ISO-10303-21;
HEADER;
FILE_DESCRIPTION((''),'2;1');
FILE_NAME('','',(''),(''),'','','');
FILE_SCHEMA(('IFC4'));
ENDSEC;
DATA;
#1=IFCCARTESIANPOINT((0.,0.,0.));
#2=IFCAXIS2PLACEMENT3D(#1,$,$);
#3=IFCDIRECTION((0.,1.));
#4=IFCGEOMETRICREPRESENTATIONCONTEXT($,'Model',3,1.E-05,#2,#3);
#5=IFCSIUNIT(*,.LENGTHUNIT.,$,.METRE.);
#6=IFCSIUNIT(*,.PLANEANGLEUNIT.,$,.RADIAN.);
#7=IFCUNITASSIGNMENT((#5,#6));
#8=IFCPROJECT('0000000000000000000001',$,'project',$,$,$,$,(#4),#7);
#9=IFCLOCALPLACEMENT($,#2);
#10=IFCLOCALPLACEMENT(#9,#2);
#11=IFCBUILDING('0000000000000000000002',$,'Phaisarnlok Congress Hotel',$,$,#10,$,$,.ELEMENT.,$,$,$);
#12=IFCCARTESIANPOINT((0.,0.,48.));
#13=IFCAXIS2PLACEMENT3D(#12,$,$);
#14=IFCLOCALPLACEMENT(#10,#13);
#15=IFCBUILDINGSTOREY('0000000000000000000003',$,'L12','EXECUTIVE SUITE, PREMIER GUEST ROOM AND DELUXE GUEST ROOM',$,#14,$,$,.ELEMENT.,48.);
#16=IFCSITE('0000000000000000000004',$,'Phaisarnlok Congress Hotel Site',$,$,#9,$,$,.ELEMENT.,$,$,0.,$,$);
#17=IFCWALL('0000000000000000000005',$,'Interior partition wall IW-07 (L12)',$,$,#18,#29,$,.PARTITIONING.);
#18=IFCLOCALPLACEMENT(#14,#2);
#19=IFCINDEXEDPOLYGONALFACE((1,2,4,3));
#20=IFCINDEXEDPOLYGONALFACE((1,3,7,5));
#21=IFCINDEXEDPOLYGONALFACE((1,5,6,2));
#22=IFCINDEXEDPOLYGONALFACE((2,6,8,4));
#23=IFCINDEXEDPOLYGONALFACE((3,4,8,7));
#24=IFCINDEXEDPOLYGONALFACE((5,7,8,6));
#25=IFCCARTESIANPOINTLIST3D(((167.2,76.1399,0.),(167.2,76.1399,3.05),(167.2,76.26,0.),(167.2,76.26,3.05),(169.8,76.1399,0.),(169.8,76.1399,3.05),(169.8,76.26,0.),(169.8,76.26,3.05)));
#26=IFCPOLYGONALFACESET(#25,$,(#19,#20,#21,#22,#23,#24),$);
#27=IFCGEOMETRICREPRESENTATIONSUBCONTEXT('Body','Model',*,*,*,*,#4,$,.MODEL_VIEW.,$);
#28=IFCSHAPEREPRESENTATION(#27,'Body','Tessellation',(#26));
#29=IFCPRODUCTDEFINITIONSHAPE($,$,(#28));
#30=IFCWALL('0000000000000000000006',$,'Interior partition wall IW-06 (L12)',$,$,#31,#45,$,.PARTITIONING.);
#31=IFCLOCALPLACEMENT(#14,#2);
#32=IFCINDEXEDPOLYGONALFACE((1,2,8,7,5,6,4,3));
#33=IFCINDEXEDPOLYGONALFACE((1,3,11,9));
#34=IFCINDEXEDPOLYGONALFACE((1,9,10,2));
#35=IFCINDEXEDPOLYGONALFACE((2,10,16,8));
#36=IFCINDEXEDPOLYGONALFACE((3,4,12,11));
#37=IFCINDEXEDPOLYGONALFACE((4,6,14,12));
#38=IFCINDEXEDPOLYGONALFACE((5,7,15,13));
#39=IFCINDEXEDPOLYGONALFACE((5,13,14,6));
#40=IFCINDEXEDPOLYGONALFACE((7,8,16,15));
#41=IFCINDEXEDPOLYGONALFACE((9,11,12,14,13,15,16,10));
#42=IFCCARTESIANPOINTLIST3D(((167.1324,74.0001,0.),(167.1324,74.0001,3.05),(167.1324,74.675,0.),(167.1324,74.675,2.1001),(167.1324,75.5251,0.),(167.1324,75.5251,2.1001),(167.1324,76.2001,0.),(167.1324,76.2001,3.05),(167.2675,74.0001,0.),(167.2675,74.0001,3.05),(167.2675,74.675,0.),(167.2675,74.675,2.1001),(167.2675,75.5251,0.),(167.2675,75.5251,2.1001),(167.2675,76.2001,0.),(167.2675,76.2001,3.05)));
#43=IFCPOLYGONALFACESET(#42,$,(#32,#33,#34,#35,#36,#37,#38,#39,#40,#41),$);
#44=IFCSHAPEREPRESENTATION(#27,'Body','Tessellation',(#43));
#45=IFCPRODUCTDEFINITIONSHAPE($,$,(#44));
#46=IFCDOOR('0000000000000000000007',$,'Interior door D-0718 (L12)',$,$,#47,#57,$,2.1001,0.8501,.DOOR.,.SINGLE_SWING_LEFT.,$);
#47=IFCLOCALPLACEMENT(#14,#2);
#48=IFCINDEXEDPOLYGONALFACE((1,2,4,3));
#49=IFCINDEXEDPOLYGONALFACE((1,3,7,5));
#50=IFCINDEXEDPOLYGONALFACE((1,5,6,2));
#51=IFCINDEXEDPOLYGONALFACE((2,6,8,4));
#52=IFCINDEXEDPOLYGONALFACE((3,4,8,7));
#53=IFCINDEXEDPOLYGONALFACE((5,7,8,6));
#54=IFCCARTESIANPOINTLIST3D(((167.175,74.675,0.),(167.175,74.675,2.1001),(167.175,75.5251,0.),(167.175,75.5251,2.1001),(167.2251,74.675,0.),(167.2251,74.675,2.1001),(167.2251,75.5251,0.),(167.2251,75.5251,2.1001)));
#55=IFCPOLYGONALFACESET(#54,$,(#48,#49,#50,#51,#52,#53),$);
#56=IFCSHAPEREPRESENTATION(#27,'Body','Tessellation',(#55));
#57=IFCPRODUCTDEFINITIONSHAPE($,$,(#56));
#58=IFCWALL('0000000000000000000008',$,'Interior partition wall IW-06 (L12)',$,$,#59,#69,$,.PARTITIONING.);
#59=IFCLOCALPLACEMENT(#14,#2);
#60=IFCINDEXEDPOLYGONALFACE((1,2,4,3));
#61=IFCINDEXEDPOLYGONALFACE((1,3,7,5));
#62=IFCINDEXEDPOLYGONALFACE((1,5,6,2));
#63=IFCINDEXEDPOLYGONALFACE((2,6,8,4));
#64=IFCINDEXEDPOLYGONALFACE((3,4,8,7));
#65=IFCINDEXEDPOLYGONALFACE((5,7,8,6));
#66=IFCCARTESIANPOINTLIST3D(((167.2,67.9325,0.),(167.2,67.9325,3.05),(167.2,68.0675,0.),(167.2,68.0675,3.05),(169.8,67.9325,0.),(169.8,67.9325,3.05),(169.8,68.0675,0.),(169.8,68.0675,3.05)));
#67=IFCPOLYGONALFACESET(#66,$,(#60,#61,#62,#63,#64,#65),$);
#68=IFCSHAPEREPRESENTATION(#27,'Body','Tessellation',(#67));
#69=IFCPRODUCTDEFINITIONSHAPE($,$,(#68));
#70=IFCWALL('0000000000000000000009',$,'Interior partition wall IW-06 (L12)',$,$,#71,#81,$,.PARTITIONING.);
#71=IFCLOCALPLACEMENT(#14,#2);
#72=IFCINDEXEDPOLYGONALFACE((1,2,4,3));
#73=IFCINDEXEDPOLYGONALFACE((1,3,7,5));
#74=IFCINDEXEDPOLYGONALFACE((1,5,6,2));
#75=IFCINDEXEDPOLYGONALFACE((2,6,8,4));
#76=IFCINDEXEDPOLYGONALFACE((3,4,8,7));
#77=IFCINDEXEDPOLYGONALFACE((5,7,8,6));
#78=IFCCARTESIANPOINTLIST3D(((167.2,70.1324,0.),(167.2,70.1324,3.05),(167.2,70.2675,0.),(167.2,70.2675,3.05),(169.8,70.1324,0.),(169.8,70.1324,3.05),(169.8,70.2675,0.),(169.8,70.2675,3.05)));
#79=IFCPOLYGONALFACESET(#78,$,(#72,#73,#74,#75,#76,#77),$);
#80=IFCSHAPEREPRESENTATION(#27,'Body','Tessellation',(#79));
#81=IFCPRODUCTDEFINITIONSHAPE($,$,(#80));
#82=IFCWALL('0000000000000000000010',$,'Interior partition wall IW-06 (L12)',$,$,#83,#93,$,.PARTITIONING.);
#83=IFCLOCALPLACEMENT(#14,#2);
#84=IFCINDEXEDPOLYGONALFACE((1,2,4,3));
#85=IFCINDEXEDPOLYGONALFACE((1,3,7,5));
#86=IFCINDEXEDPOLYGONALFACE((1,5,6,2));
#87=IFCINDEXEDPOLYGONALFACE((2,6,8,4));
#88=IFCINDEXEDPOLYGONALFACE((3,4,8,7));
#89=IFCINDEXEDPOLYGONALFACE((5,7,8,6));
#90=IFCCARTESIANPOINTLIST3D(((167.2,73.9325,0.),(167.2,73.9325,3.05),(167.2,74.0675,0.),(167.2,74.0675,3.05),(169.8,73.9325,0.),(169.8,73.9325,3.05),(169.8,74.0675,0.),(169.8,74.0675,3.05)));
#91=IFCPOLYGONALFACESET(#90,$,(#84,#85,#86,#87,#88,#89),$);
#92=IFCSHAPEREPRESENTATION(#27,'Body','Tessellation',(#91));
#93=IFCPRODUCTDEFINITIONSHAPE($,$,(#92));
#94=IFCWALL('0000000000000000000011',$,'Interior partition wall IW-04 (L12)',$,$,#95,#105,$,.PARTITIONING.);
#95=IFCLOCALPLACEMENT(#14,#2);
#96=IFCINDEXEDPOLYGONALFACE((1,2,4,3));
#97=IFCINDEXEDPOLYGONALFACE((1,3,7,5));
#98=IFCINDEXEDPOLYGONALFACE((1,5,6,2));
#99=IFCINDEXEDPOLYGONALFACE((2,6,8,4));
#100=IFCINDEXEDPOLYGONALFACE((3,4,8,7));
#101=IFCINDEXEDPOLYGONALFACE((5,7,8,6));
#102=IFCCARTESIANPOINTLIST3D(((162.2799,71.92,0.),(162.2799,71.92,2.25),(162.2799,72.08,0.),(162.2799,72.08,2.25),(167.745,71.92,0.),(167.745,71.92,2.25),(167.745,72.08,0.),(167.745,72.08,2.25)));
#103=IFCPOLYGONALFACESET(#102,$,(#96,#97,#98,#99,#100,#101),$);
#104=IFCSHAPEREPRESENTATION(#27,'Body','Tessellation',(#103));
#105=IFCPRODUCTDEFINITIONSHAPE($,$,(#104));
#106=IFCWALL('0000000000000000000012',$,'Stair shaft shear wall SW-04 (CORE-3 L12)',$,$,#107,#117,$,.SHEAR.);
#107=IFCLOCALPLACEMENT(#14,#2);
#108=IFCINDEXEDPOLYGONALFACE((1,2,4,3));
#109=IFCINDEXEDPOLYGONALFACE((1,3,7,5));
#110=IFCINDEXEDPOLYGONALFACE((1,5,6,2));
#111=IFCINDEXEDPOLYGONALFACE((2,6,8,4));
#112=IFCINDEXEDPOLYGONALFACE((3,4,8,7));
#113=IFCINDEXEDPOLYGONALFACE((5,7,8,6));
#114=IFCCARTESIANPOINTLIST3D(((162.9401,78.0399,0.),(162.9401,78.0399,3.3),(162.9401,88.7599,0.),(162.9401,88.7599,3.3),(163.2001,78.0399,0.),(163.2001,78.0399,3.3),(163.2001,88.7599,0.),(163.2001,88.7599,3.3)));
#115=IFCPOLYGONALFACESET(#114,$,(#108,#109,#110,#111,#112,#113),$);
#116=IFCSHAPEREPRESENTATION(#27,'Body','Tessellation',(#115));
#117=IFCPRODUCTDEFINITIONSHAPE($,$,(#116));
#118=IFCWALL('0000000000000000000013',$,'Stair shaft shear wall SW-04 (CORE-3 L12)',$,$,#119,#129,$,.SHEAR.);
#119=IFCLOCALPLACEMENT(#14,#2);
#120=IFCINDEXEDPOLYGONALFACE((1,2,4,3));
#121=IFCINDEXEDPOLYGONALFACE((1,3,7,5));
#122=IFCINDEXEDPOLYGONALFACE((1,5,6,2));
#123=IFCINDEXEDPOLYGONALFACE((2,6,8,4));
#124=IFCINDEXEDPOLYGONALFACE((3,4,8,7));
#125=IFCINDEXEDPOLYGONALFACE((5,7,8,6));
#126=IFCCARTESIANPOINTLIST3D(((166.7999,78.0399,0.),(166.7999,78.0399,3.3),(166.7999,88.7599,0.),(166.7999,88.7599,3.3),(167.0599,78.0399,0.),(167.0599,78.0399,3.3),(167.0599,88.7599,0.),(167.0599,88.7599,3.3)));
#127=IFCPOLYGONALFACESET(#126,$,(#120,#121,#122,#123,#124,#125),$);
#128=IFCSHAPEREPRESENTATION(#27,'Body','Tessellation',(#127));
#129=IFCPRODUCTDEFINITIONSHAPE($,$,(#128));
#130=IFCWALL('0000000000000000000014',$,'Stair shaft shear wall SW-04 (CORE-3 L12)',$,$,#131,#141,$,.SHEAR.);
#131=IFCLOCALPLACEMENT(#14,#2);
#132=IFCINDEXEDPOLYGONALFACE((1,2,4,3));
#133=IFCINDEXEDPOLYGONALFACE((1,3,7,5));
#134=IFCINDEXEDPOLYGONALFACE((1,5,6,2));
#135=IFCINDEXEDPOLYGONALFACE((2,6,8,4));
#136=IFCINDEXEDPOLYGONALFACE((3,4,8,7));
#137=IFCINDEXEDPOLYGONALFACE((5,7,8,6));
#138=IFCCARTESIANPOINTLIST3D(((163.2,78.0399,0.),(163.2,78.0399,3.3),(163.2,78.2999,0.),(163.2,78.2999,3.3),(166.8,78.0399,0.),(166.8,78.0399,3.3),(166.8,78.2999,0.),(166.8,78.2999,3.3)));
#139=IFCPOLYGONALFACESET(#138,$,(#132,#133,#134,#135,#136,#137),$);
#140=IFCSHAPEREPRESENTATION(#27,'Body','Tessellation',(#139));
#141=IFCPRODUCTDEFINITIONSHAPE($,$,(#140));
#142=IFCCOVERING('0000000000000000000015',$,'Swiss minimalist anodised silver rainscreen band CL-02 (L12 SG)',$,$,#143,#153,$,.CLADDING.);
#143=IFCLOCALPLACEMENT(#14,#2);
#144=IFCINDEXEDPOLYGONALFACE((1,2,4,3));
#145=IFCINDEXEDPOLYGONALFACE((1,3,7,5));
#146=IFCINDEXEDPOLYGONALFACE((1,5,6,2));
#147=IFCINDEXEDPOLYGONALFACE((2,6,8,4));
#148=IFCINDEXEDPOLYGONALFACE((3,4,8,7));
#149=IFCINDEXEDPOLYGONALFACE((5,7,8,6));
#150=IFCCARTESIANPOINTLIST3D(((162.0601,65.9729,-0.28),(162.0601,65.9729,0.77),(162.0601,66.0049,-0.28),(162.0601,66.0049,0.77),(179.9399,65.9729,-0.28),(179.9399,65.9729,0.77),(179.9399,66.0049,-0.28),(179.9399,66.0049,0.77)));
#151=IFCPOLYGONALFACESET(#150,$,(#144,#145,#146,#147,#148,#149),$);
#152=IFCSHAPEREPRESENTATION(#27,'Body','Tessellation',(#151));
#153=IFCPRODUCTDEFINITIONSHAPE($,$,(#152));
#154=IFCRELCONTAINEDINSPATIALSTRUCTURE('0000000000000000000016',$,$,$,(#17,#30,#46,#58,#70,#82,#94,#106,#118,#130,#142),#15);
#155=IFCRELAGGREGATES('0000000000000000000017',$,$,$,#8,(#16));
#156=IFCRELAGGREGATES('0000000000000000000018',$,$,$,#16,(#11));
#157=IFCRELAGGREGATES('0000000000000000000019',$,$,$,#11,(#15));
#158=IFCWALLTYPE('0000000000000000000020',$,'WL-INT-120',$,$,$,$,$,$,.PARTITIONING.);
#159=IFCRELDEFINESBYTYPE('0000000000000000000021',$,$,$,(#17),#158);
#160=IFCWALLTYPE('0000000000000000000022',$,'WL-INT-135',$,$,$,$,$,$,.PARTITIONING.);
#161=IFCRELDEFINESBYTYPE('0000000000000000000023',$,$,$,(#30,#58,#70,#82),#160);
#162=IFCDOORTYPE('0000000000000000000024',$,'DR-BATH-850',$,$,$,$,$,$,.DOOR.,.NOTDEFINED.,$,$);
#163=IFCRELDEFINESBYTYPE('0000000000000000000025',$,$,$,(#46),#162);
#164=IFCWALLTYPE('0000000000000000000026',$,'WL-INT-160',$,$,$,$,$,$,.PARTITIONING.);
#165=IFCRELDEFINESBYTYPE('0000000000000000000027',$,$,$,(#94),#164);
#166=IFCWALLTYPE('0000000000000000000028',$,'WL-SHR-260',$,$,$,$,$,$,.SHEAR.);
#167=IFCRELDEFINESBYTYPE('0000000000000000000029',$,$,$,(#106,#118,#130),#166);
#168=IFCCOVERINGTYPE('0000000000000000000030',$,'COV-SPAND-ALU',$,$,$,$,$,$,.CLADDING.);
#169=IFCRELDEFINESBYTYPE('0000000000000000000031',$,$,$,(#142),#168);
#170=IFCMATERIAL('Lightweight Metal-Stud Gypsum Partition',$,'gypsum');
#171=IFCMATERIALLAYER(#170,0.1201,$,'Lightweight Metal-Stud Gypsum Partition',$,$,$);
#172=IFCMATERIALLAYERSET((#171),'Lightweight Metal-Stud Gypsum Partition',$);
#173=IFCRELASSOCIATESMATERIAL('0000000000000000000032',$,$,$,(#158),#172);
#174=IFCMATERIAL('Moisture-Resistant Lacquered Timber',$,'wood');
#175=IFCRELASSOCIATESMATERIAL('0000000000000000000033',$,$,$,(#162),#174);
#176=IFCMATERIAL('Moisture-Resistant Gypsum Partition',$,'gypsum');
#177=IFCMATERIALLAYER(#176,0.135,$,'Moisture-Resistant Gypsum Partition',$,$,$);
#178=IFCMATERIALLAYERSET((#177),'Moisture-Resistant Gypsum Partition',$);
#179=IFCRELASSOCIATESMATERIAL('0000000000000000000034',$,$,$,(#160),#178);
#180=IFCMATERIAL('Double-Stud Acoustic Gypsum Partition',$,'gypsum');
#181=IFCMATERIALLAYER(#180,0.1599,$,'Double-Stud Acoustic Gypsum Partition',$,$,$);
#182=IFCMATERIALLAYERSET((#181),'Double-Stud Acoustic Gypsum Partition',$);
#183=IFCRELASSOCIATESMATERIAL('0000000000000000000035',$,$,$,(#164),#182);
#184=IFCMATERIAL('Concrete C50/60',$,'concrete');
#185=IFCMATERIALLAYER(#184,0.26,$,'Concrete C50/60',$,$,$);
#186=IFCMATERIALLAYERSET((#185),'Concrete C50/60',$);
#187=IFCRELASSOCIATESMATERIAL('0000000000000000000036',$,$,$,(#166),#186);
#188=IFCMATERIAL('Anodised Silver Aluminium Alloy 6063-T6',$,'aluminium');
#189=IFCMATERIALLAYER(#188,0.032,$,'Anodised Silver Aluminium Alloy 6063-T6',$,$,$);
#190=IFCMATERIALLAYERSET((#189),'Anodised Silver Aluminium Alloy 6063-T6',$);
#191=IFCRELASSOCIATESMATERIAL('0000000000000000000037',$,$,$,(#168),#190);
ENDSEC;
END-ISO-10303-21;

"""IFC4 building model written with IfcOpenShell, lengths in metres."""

from ifc_helpers import new_model, si_unit, direction, frame, frame_2d, origin, place, context, subcontext, project, spatial, polyline, rectangle, outline, extrude, material, layer, layer_set, type_object, element, fill, save


model = new_model("IFC4")

# Units and contexts
model_context = context("Model", 3, precision=1e-05, world=origin(), true_north=direction((0.0, 1.0)))
body_context = subcontext(model_context, "Body", "Model", "MODEL_VIEW")
ifc_project = project(units=[si_unit("LENGTHUNIT", "METRE"), si_unit("PLANEANGLEUNIT", "RADIAN")], contexts=[model_context])

# Site, building, storey
site_placement = place(None, origin())
site = spatial("IfcSite", under=ifc_project, at=site_placement, Name="Phaisarnlok Congress Hotel Site", CompositionType="ELEMENT", RefElevation=0.0)
building_placement = place(site_placement, origin())
building = spatial("IfcBuilding", under=site, at=building_placement, Name="Phaisarnlok Congress Hotel", CompositionType="ELEMENT")
storey_placement = place(building_placement, frame((0.0, 0.0, 48.0)))
storey = spatial("IfcBuildingStorey", under=building, at=storey_placement, Name="L12", Description="EXECUTIVE SUITE, PREMIER GUEST ROOM AND DELUXE GUEST ROOM", CompositionType="ELEMENT", Elevation=48.0)

# Shared definitions
ifc_material_1 = material(Name="Concrete C50/60", Category="concrete")

# Shared definitions
ifc_material_2 = material(Name="Lightweight Metal-Stud Gypsum Partition", Category="gypsum")
ifc_layer_1 = layer(ifc_material_2, 0.1201, Name="Lightweight Metal-Stud Gypsum Partition")
ifc_layer_set_1 = layer_set([ifc_layer_1], Name="Lightweight Metal-Stud Gypsum Partition")
wall_type_1 = type_object("IfcWallType", Name="WL-INT-120", PredefinedType="PARTITIONING", material=ifc_layer_set_1)
ifc_material_3 = material(Name="Moisture-Resistant Lacquered Timber", Category="wood")
door_type = type_object("IfcDoorType", Name="DR-BATH-850", OperationType="NOTDEFINED", PredefinedType="DOOR", material=ifc_material_3)

# Wall
wall_1_placement = place(storey_placement, frame((167.2, 76.2, 0.0), z_axis=(0.0, 0.0, 1.0), x_axis=(1.0, 0.0, 0.0)))
element("IfcWall", 1, at=wall_1_placement, inside=storey, type_object=wall_type_1, Name="Interior partition wall IW-07 (L12)", PredefinedType="PARTITIONING", context=body_context, shape_type="SweptSolid", body=[
    extrude(rectangle(XDim=2.6001, YDim=0.1201, at=frame_2d((1.3, 0.0))), origin(), (0.0, 0.0, 1.0), 3.05),
])

# Wall, opening, door
ifc_material_4 = material(Name="Moisture-Resistant Gypsum Partition", Category="gypsum")
ifc_layer_2 = layer(ifc_material_4, 0.135, Name="Moisture-Resistant Gypsum Partition")
ifc_layer_set_2 = layer_set([ifc_layer_2], Name="Moisture-Resistant Gypsum Partition")
wall_type_2 = type_object("IfcWallType", Name="WL-INT-135", PredefinedType="PARTITIONING", material=ifc_layer_set_2)
wall_2_placement = place(storey_placement, frame((167.2, 74.0, 0.0), z_axis=(0.0, 0.0, 1.0), x_axis=(0.0, 1.0, 0.0)))
wall_2 = element("IfcWall", 2, at=wall_2_placement, inside=storey, type_object=wall_type_2, Name="Interior partition wall IW-06 (L12)", PredefinedType="PARTITIONING", context=body_context, shape_type="SweptSolid", body=[
    extrude(rectangle(XDim=2.2, YDim=0.135, at=frame_2d((1.1001, 0.0))), origin(), (0.0, 0.0, 1.0), 3.05),
])
opening_1_placement = place(wall_2_placement, frame((0.675, 0.0, 0.0)))
opening_1 = element("IfcOpeningElement", 3, at=opening_1_placement, cuts=wall_2, PredefinedType="OPENING", context=body_context, shape_type="SweptSolid", body=[
    extrude(rectangle(XDim=0.8501, YDim=2.1001, at=frame_2d((0.425, 1.05))), frame((0.0, 0.0776, 0.0), z_axis=(0.0, -1.0, 0.0), x_axis=(1.0, 0.0, 0.0)), (0.0, 0.0, 1.0), 0.155),
])
door_1_placement = place(opening_1_placement, origin())
door_1 = element("IfcDoor", 4, at=door_1_placement, inside=storey, type_object=door_type, Name="Interior door D-0718 (L12)", OperationType="SINGLE_SWING_LEFT", OverallHeight=2.1001, OverallWidth=0.8501, PredefinedType="DOOR", context=body_context, shape_type="SweptSolid", body=[
    extrude(rectangle(XDim=0.8501, YDim=2.1001, at=frame_2d((0.425, 1.05))), frame((0.0, 0.0249, 0.0), z_axis=(0.0, -1.0, 0.0), x_axis=(1.0, 0.0, 0.0)), (0.0, 0.0, 1.0), 0.05),
])
fill(opening_1, door_1)

# Walls
for number, where, z_axis, x_axis, name in (
    (5, (167.2, 68.0, 0.0), (0.0, 0.0, 1.0), (1.0, 0.0, 0.0), "Interior partition wall IW-06 (L12)"),
    (6, (167.2, 70.2, 0.0), (0.0, 0.0, 1.0), (1.0, 0.0, 0.0), "Interior partition wall IW-06 (L12)"),
    (7, (167.2, 74.0, 0.0), (0.0, 0.0, 1.0), (1.0, 0.0, 0.0), "Interior partition wall IW-06 (L12)"),
):
    element("IfcWall", number, at=place(storey_placement, frame(where, z_axis=z_axis, x_axis=x_axis)), inside=storey, type_object=wall_type_2, Name=name, PredefinedType="PARTITIONING", context=body_context, shape_type="SweptSolid", body=[
        extrude(rectangle(XDim=2.6001, YDim=0.135, at=frame_2d((1.3, 0.0))), origin(), (0.0, 0.0, 1.0), 3.05),
    ])
ifc_material_5 = material(Name="Double-Stud Acoustic Gypsum Partition", Category="gypsum")
ifc_layer_3 = layer(ifc_material_5, 0.1599, Name="Double-Stud Acoustic Gypsum Partition")
ifc_layer_set_3 = layer_set([ifc_layer_3], Name="Double-Stud Acoustic Gypsum Partition")
wall_type_3 = type_object("IfcWallType", Name="WL-INT-160", PredefinedType="PARTITIONING", material=ifc_layer_set_3)
wall_3_placement = place(storey_placement, frame((162.28, 72.0, 0.0), z_axis=(0.0, 0.0, 1.0), x_axis=(1.0, 0.0, 0.0)))
element("IfcWall", 8, at=wall_3_placement, inside=storey, type_object=wall_type_3, Name="Interior partition wall IW-04 (L12)", PredefinedType="PARTITIONING", context=body_context, shape_type="SweptSolid", body=[
    extrude(rectangle(XDim=5.4651, YDim=0.1599, at=frame_2d((2.7324, 0.0))), origin(), (0.0, 0.0, 1.0), 2.25),
])
ifc_layer_4 = layer(ifc_material_1, 0.26, Name="Concrete C50/60")
ifc_layer_set_4 = layer_set([ifc_layer_4], Name="Concrete C50/60")
wall_type_4 = type_object("IfcWallType", Name="WL-SHR-260", PredefinedType="SHEAR", material=ifc_layer_set_4)
for number, where, z_axis, x_axis, name in (
    (9, (163.0701, 78.04, 0.0), (0.0, 0.0, 1.0), (0.0, 1.0, 0.0), "Stair shaft shear wall SW-04 (CORE-3 L12)"),
    (10, (166.9299, 78.04, 0.0), (0.0, 0.0, 1.0), (0.0, 1.0, 0.0), "Stair shaft shear wall SW-04 (CORE-3 L12)"),
):
    element("IfcWall", number, at=place(storey_placement, frame(where, z_axis=z_axis, x_axis=x_axis)), inside=storey, type_object=wall_type_4, Name=name, PredefinedType="SHEAR", context=body_context, shape_type="SweptSolid", body=[
        extrude(rectangle(XDim=10.72, YDim=0.26, at=frame_2d((5.3599, 0.0))), origin(), (0.0, 0.0, 1.0), 3.3),
    ])
wall_4_placement = place(storey_placement, frame((163.2, 78.1699, 0.0), z_axis=(0.0, 0.0, 1.0), x_axis=(1.0, 0.0, 0.0)))
element("IfcWall", 11, at=wall_4_placement, inside=storey, type_object=wall_type_4, Name="Stair shaft shear wall SW-04 (CORE-3 L12)", PredefinedType="SHEAR", context=body_context, shape_type="SweptSolid", body=[
    extrude(rectangle(XDim=3.6001, YDim=0.26, at=frame_2d((1.8, 0.0))), origin(), (0.0, 0.0, 1.0), 3.3),
])

# Covering
ifc_material_6 = material(Name="Anodised Silver Aluminium Alloy 6063-T6", Category="aluminium")
ifc_layer_5 = layer(ifc_material_6, 0.032, Name="Anodised Silver Aluminium Alloy 6063-T6")
ifc_layer_set_5 = layer_set([ifc_layer_5], Name="Anodised Silver Aluminium Alloy 6063-T6")
covering_type = type_object("IfcCoveringType", Name="COV-SPAND-ALU", PredefinedType="CLADDING", material=ifc_layer_set_5)
covering_placement = place(storey_placement, frame((162.0601, 66.0049, -0.28), z_axis=(0.0, -1.0, 0.0), x_axis=(1.0, 0.0, 0.0)))
element("IfcCovering", 12, at=covering_placement, inside=storey, type_object=covering_type, Name="Swiss minimalist anodised silver rainscreen band CL-02 (L12 SG)", PredefinedType="CLADDING", context=body_context, shape_type="SweptSolid", body=[
    extrude(outline(polyline([(0.0, 0.0), (17.8799, 0.0), (17.8799, 1.05), (0.0, 1.05), (0.0, 0.0)])), origin(), (0.0, 0.0, 1.0), 0.032),
])

save(model, "model.ifc")
